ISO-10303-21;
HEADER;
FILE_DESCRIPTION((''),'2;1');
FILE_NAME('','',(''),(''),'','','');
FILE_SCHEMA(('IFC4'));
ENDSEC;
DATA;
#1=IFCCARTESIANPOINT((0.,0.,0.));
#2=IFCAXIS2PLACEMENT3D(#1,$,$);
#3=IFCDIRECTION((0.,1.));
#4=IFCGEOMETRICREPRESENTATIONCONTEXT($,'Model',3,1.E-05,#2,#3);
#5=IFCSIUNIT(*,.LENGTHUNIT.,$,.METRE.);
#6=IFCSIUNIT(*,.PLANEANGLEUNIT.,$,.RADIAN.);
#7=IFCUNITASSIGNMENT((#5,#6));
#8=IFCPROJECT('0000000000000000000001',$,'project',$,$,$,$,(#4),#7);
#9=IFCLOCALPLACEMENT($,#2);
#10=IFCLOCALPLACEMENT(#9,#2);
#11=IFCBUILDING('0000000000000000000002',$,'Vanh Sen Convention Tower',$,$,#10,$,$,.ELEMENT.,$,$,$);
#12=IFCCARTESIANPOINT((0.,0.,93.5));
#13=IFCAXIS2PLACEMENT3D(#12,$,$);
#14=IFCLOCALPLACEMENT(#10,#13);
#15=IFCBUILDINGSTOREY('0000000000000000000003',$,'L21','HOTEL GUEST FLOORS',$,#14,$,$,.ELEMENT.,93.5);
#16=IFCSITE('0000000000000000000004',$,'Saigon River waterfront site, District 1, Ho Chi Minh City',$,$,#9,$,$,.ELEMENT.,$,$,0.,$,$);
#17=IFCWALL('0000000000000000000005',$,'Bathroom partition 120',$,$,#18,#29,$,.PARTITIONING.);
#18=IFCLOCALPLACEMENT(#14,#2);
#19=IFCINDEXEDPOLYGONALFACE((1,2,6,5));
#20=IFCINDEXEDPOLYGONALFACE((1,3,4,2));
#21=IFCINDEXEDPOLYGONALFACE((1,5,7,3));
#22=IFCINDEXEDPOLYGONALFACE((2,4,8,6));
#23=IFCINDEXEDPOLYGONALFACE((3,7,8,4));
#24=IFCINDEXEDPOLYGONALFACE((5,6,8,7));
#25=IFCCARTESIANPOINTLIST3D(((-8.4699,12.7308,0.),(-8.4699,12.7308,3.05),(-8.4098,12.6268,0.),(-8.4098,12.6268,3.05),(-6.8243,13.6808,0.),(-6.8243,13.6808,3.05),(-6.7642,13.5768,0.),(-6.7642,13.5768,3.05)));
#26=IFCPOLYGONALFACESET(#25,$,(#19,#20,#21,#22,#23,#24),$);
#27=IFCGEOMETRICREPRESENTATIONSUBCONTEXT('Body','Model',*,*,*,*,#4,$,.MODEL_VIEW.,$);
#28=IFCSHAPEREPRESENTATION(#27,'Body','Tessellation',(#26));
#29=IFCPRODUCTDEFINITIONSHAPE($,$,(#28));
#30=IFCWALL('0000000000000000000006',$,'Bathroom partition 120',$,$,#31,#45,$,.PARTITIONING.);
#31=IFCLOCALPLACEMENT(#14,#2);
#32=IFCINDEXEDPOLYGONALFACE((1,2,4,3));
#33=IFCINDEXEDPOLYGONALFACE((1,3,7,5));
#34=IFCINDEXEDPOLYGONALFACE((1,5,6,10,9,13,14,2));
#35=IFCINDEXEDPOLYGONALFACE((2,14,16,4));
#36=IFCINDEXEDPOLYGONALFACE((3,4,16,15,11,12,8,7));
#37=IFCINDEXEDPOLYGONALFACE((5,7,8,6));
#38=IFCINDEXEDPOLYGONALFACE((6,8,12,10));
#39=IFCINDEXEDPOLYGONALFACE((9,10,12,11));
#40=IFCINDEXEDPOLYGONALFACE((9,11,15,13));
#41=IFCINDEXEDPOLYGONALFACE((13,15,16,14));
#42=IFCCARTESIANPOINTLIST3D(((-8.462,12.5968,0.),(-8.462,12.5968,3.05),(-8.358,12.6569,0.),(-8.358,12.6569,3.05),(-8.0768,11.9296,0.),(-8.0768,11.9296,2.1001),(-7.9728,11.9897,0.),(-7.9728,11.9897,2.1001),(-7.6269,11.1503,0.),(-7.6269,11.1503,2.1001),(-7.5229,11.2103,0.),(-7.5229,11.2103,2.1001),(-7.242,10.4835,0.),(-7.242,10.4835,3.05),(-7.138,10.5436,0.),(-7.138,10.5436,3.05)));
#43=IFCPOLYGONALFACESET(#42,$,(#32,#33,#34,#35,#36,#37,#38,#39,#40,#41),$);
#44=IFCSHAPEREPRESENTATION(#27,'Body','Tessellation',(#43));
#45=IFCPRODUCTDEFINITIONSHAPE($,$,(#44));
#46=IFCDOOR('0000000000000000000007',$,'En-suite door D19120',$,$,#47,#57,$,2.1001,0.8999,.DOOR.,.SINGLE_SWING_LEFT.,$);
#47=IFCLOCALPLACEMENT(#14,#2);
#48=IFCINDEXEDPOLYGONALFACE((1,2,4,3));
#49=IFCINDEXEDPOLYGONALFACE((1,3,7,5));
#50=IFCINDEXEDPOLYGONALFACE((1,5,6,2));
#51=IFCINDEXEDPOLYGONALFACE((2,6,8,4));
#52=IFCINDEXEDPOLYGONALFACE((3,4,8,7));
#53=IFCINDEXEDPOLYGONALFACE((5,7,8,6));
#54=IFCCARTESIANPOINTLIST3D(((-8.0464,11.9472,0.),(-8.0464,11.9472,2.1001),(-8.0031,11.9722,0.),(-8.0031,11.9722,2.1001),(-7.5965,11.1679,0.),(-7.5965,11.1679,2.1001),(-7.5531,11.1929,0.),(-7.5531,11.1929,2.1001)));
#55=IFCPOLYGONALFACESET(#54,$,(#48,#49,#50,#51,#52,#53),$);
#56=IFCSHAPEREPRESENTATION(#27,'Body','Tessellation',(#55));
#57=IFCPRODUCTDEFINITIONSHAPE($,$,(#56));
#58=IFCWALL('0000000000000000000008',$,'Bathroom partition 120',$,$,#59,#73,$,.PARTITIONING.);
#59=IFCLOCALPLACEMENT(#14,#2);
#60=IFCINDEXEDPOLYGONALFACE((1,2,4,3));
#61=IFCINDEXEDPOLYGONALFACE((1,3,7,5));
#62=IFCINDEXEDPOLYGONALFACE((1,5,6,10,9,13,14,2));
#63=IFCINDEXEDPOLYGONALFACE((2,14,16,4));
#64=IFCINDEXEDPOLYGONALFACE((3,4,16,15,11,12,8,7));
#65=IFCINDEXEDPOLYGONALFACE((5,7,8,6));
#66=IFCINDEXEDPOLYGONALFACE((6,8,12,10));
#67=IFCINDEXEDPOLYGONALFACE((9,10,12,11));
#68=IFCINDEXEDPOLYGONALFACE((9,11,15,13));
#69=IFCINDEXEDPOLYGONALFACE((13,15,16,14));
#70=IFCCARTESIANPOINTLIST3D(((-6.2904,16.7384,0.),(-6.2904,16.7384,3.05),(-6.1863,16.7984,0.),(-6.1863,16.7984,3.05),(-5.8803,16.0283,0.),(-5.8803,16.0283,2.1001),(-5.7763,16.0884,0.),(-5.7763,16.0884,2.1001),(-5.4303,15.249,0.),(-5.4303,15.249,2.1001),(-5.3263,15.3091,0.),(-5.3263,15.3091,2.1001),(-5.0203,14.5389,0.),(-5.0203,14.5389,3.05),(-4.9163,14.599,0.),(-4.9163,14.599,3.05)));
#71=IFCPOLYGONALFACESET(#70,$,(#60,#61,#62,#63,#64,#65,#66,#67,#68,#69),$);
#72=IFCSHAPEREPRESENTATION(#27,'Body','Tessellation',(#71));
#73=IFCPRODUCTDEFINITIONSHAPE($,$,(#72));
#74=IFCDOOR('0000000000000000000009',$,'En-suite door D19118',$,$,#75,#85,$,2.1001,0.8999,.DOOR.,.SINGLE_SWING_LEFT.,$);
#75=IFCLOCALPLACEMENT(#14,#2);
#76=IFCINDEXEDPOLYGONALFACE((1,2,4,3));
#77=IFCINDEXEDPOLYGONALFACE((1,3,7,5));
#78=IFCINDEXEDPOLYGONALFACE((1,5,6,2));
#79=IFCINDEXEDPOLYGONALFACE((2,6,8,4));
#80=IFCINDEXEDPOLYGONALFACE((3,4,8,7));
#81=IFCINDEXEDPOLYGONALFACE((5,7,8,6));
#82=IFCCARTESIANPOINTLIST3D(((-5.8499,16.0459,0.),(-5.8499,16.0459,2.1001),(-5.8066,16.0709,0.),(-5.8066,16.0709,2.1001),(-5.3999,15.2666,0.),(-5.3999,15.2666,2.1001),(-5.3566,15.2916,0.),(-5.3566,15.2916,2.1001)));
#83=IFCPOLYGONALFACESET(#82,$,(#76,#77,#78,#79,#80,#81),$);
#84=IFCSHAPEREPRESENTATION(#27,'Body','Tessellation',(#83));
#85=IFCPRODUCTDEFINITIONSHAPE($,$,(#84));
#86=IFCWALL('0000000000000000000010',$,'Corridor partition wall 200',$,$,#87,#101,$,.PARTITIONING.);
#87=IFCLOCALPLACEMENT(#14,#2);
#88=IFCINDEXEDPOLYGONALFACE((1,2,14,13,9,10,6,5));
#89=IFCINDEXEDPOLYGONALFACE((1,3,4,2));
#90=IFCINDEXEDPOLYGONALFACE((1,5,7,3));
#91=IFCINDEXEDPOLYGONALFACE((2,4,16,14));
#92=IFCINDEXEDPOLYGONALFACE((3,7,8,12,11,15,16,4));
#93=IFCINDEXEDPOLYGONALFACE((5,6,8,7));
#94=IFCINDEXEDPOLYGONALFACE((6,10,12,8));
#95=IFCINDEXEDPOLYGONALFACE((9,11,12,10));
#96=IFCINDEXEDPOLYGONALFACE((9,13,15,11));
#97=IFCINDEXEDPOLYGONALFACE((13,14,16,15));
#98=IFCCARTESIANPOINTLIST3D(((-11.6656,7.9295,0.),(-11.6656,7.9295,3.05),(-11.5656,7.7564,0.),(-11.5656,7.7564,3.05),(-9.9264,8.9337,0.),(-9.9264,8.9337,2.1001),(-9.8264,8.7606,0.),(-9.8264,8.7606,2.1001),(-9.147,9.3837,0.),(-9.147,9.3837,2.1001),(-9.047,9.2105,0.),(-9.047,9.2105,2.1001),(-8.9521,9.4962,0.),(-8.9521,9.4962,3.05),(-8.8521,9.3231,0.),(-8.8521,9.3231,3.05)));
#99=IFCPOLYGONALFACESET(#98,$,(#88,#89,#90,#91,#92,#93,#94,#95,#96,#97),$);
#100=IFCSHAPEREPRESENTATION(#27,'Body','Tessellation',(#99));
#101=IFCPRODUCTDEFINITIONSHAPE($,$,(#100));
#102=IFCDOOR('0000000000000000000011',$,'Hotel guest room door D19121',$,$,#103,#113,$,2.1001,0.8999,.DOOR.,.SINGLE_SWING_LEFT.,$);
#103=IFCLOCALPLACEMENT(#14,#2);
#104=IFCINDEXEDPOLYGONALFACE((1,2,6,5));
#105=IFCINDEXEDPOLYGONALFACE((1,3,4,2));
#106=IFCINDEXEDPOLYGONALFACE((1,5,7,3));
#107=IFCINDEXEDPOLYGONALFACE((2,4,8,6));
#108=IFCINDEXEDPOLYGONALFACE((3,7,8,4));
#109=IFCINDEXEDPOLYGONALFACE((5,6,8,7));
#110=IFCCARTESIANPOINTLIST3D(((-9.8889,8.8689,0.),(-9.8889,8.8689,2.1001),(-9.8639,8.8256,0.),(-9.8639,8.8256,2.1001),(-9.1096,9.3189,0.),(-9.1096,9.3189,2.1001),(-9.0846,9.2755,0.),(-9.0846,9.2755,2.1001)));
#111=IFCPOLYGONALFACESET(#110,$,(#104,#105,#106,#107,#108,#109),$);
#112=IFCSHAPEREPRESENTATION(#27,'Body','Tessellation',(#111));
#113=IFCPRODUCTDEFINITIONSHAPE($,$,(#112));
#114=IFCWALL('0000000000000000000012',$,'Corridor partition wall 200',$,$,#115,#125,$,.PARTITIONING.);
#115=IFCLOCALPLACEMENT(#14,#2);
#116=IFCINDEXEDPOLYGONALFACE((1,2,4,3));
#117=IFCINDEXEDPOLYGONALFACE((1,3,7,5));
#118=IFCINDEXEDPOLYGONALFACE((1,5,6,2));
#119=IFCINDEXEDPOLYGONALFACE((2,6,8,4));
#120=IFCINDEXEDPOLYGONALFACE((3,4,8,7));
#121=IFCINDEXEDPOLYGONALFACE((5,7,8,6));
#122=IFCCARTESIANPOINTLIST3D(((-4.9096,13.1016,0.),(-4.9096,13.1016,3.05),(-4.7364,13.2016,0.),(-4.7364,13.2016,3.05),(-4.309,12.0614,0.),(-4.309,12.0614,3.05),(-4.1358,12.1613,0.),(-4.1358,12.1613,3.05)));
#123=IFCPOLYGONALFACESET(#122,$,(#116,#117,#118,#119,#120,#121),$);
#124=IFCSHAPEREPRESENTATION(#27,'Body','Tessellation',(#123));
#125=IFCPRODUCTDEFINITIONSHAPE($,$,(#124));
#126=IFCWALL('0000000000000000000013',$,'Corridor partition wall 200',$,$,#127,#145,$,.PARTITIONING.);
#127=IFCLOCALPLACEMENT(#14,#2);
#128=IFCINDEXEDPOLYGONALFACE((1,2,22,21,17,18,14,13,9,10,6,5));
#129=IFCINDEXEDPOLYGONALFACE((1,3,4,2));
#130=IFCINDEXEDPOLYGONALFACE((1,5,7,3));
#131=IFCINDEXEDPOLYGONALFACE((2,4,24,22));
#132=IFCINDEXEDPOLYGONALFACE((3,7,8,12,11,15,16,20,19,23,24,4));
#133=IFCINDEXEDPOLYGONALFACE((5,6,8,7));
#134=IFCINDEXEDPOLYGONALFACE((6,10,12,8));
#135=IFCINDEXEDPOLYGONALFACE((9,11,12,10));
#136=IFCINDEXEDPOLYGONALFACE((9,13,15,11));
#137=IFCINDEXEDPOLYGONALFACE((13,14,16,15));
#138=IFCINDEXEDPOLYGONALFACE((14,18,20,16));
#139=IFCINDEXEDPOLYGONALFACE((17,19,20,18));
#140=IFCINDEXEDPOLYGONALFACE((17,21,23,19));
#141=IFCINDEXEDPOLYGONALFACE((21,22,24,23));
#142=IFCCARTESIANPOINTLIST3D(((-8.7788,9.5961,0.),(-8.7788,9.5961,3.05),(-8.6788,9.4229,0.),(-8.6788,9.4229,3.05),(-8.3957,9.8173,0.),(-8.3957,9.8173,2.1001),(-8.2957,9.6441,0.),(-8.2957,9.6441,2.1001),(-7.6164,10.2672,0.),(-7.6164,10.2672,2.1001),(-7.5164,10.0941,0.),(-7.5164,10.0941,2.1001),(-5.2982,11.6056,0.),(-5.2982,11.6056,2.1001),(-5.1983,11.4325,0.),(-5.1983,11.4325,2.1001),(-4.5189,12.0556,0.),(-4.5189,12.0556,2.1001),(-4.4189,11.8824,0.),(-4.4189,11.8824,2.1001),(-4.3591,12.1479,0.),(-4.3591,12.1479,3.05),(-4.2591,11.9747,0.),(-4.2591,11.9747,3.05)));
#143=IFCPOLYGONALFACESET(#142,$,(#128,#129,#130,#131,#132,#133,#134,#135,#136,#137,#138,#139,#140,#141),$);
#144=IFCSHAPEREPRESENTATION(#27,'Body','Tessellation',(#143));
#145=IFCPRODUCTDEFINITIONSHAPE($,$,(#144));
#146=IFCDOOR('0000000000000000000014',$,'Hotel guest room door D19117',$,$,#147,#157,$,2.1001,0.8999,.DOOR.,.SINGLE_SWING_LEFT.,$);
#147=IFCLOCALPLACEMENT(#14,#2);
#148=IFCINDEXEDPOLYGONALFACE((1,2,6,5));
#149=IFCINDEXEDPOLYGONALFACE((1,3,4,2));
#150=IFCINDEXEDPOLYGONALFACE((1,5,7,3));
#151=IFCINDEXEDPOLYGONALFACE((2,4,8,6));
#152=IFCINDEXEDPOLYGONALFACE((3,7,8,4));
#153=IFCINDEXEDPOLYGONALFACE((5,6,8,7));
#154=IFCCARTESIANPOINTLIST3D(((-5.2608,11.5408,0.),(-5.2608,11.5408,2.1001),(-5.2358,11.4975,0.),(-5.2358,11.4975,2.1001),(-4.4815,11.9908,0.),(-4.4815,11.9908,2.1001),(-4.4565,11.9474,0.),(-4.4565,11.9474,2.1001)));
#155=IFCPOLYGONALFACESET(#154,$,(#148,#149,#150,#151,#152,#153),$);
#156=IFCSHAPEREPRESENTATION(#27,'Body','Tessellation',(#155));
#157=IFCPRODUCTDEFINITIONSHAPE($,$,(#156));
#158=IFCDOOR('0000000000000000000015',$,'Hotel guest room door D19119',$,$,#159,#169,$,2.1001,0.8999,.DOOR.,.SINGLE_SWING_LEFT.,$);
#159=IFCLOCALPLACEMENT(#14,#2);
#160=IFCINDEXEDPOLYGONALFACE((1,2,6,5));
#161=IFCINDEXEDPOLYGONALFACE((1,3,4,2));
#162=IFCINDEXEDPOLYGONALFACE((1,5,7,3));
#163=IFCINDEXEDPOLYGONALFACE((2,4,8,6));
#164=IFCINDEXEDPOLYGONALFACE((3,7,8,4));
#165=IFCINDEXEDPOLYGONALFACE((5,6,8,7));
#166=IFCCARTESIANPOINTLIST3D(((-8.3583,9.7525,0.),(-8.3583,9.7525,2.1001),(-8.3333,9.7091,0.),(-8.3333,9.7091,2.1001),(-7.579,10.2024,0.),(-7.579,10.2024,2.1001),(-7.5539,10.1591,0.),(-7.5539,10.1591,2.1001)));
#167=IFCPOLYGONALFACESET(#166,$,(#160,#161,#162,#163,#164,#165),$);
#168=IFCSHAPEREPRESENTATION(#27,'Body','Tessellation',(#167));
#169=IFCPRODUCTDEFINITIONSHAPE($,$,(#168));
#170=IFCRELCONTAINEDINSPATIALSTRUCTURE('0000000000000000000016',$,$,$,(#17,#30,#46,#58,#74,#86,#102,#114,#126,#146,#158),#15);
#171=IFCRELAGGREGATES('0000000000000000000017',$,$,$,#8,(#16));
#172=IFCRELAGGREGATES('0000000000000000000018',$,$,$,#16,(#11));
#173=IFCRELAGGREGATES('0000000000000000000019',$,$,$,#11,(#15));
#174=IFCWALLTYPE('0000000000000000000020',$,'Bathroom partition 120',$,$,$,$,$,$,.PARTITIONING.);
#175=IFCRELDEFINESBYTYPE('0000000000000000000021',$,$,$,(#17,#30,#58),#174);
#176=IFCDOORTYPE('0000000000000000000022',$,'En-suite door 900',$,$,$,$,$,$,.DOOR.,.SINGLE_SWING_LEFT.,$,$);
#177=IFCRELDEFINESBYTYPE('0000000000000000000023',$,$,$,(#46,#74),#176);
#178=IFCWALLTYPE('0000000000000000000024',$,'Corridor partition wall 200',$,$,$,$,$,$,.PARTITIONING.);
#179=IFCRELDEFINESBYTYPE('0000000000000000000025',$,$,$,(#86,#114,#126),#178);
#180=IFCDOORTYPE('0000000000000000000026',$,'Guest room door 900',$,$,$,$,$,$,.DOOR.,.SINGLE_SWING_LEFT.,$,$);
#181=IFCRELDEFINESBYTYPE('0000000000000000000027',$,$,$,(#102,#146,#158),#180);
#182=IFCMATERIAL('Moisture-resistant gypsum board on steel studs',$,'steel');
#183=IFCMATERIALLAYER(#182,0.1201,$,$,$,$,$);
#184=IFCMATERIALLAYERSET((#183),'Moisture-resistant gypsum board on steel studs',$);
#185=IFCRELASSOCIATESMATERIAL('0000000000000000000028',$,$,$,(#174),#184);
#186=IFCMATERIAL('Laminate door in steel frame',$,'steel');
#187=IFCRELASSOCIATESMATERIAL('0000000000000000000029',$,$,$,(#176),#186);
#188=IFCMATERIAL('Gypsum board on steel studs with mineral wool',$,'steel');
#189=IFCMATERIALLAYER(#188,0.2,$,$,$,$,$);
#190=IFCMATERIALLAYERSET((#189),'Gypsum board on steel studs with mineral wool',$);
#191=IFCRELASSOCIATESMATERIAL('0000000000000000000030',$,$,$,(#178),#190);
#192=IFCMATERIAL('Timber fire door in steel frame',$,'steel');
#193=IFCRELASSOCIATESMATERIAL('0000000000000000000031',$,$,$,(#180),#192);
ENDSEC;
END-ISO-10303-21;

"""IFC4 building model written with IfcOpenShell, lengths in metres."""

from ifc_helpers import new_model, si_unit, direction, frame, frame_2d, origin, place, context, subcontext, project, spatial, rectangle, extrude, material, layer, layer_set, type_object, element, fill, save


model = new_model("IFC4")

# Units and contexts
model_context = context("Model", 3, precision=1e-05, world=origin(), true_north=direction((0.0, 1.0)))
body_context = subcontext(model_context, "Body", "Model", "MODEL_VIEW")
ifc_project = project(units=[si_unit("LENGTHUNIT", "METRE"), si_unit("PLANEANGLEUNIT", "RADIAN")], contexts=[model_context])

# Site, building, storey
site_placement = place(None, origin())
site = spatial("IfcSite", under=ifc_project, at=site_placement, Name="Saigon River waterfront site, District 1, Ho Chi Minh City", CompositionType="ELEMENT", RefElevation=0.0)
building_placement = place(site_placement, origin())
building = spatial("IfcBuilding", under=site, at=building_placement, Name="Vanh Sen Convention Tower", CompositionType="ELEMENT")
storey_placement = place(building_placement, frame((0.0, 0.0, 93.5)))
storey = spatial("IfcBuildingStorey", under=building, at=storey_placement, Name="L21", Description="HOTEL GUEST FLOORS", CompositionType="ELEMENT", Elevation=93.5)

# Wall
ifc_material_1 = material(Name="Moisture-resistant gypsum board on steel studs", Category="steel")
ifc_layer_1 = layer(ifc_material_1, 0.1201)
ifc_layer_set_1 = layer_set([ifc_layer_1], Name="Moisture-resistant gypsum board on steel studs")
wall_type_1 = type_object("IfcWallType", Name="Bathroom partition 120", PredefinedType="PARTITIONING", material=ifc_layer_set_1)
wall_1_placement = place(storey_placement, frame((-8.4399, 12.6787, 0.0), z_axis=(0.0, 0.0, 1.0), x_axis=(0.866044, 0.499967, 0.0)))
element("IfcWall", 1, at=wall_1_placement, inside=storey, type_object=wall_type_1, Name="Bathroom partition 120", PredefinedType="PARTITIONING", context=body_context, shape_type="SweptSolid", body=[
    extrude(rectangle(XDim=1.9001, YDim=0.1201, at=frame_2d((0.9502, 0.0))), origin(), (0.0, 0.0, 1.0), 3.05),
])

# Walls, openings, doors
wall_2_placement = place(storey_placement, frame((-7.1899, 10.5134, 0.0), z_axis=(0.0, 0.0, 1.0), x_axis=(-0.499959, 0.866049, 0.0)))
wall_2 = element("IfcWall", 2, at=wall_2_placement, inside=storey, type_object=wall_type_1, Name="Bathroom partition 120", PredefinedType="PARTITIONING", context=body_context, shape_type="SweptSolid", body=[
    extrude(rectangle(XDim=2.4402, YDim=0.1201, at=frame_2d((1.2202, 0.0))), origin(), (0.0, 0.0, 1.0), 3.05),
])
opening_1_placement = place(wall_2_placement, frame((0.77, 0.0, 0.0)))
opening_1 = element("IfcOpeningElement", 3, at=opening_1_placement, cuts=wall_2, PredefinedType="OPENING", context=body_context, shape_type="SweptSolid", body=[
    extrude(rectangle(XDim=0.8999, YDim=2.1001, at=frame_2d((0.45, 1.05))), frame((0.0, 0.0701, 0.0), z_axis=(0.0, -1.0, 0.0), x_axis=(1.0, 0.0, 0.0)), (0.0, 0.0, 1.0), 0.1401),
])
ifc_material_2 = material(Name="Laminate door in steel frame", Category="steel")
door_type_1 = type_object("IfcDoorType", Name="En-suite door 900", OperationType="SINGLE_SWING_LEFT", PredefinedType="DOOR", material=ifc_material_2)
door_1_placement = place(opening_1_placement, origin())
door_1 = element("IfcDoor", 4, at=door_1_placement, inside=storey, type_object=door_type_1, Name="En-suite door D19120", OperationType="SINGLE_SWING_LEFT", OverallHeight=2.1001, OverallWidth=0.8999, PredefinedType="DOOR", context=body_context, shape_type="SweptSolid", body=[
    extrude(rectangle(XDim=0.8999, YDim=2.1001, at=frame_2d((0.45, 1.05))), frame((0.0, 0.0249, 0.0), z_axis=(0.0, -1.0, 0.0), x_axis=(1.0, 0.0, 0.0)), (0.0, 0.0, 1.0), 0.05),
])
fill(opening_1, door_1)
wall_3_placement = place(storey_placement, frame((-4.9683, 14.5688, 0.0), z_axis=(0.0, 0.0, 1.0), x_axis=(-0.500047, 0.865998, 0.0)))
wall_3 = element("IfcWall", 5, at=wall_3_placement, inside=storey, type_object=wall_type_1, Name="Bathroom partition 120", PredefinedType="PARTITIONING", context=body_context, shape_type="SweptSolid", body=[
    extrude(rectangle(XDim=2.5398, YDim=0.1201, at=frame_2d((1.27, 0.0))), origin(), (0.0, 0.0, 1.0), 3.05),
])
opening_2_placement = place(wall_3_placement, frame((0.8201, 0.0, 0.0)))
opening_2 = element("IfcOpeningElement", 6, at=opening_2_placement, cuts=wall_3, PredefinedType="OPENING", context=body_context, shape_type="SweptSolid", body=[
    extrude(rectangle(XDim=0.8999, YDim=2.1001, at=frame_2d((0.45, 1.05))), frame((0.0, 0.0701, 0.0), z_axis=(0.0, -1.0, 0.0), x_axis=(1.0, 0.0, 0.0)), (0.0, 0.0, 1.0), 0.1401),
])
door_2_placement = place(opening_2_placement, origin())
door_2 = element("IfcDoor", 7, at=door_2_placement, inside=storey, type_object=door_type_1, Name="En-suite door D19118", OperationType="SINGLE_SWING_LEFT", OverallHeight=2.1001, OverallWidth=0.8999, PredefinedType="DOOR", context=body_context, shape_type="SweptSolid", body=[
    extrude(rectangle(XDim=0.8999, YDim=2.1001, at=frame_2d((0.45, 1.05))), frame((0.0, 0.0249, 0.0), z_axis=(0.0, -1.0, 0.0), x_axis=(1.0, 0.0, 0.0)), (0.0, 0.0, 1.0), 0.05),
])
fill(opening_2, door_2)
ifc_material_3 = material(Name="Gypsum board on steel studs with mineral wool", Category="steel")
ifc_layer_2 = layer(ifc_material_3, 0.2)
ifc_layer_set_2 = layer_set([ifc_layer_2], Name="Gypsum board on steel studs with mineral wool")
wall_type_2 = type_object("IfcWallType", Name="Corridor partition wall 200", PredefinedType="PARTITIONING", material=ifc_layer_set_2)
wall_4_placement = place(storey_placement, frame((-8.9021, 9.4097, 0.0), z_axis=(0.0, 0.0, 1.0), x_axis=(-0.866014, -0.500019, 0.0)))
wall_4 = element("IfcWall", 8, at=wall_4_placement, inside=storey, type_object=wall_type_2, Name="Corridor partition wall 200", PredefinedType="PARTITIONING", context=body_context, shape_type="SweptSolid", body=[
    extrude(rectangle(XDim=3.1333, YDim=0.2, at=frame_2d((1.5667, 0.0))), origin(), (0.0, 0.0, 1.0), 3.05),
])
opening_3_placement = place(wall_4_placement, frame((0.2251, 0.0, 0.0)))
opening_3 = element("IfcOpeningElement", 9, at=opening_3_placement, cuts=wall_4, PredefinedType="OPENING", context=body_context, shape_type="SweptSolid", body=[
    extrude(rectangle(XDim=0.8999, YDim=2.1001, at=frame_2d((0.45, 1.05))), frame((0.0, 0.1099, 0.0), z_axis=(0.0, -1.0, 0.0), x_axis=(1.0, 0.0, 0.0)), (0.0, 0.0, 1.0), 0.22),
])
ifc_material_4 = material(Name="Timber fire door in steel frame", Category="steel")
door_type_2 = type_object("IfcDoorType", Name="Guest room door 900", OperationType="SINGLE_SWING_LEFT", PredefinedType="DOOR", material=ifc_material_4)
door_3_placement = place(opening_3_placement, origin())
door_3 = element("IfcDoor", 10, at=door_3_placement, inside=storey, type_object=door_type_2, Name="Hotel guest room door D19121", OperationType="SINGLE_SWING_LEFT", OverallHeight=2.1001, OverallWidth=0.8999, PredefinedType="DOOR", context=body_context, shape_type="SweptSolid", body=[
    extrude(rectangle(XDim=0.8999, YDim=2.1001, at=frame_2d((0.45, 1.05))), frame((0.0, 0.0249, 0.0), z_axis=(0.0, -1.0, 0.0), x_axis=(1.0, 0.0, 0.0)), (0.0, 0.0, 1.0), 0.05),
])
fill(opening_3, door_3)

# Wall
wall_5_placement = place(storey_placement, frame((-4.823, 13.1516, 0.0), z_axis=(0.0, 0.0, 1.0), x_axis=(0.499986, -0.866033, 0.0)))
element("IfcWall", 11, at=wall_5_placement, inside=storey, type_object=wall_type_2, Name="Corridor partition wall 200", PredefinedType="PARTITIONING", context=body_context, shape_type="SweptSolid", body=[
    extrude(rectangle(XDim=1.2012, YDim=0.2, at=frame_2d((0.6006, 0.0))), origin(), (0.0, 0.0, 1.0), 3.05),
])

# Wall, openings, doors
wall_6_placement = place(storey_placement, frame((-4.3091, 12.0613, 0.0), z_axis=(0.0, 0.0, 1.0), x_axis=(-0.866021, -0.500008, 0.0)))
wall_6 = element("IfcWall", 12, at=wall_6_placement, inside=storey, type_object=wall_type_2, Name="Corridor partition wall 200", PredefinedType="PARTITIONING", context=body_context, shape_type="SweptSolid", body=[
    extrude(rectangle(XDim=5.1035, YDim=0.2, at=frame_2d((2.5518, 0.0))), origin(), (0.0, 0.0, 1.0), 3.05),
])
opening_4_placement = place(wall_6_placement, frame((0.1846, 0.0, 0.0)))
opening_4 = element("IfcOpeningElement", 13, at=opening_4_placement, cuts=wall_6, PredefinedType="OPENING", context=body_context, shape_type="SweptSolid", body=[
    extrude(rectangle(XDim=0.8999, YDim=2.1001, at=frame_2d((0.45, 1.05))), frame((0.0, 0.1099, 0.0), z_axis=(0.0, -1.0, 0.0), x_axis=(1.0, 0.0, 0.0)), (0.0, 0.0, 1.0), 0.22),
])
opening_5_placement = place(wall_6_placement, frame((3.7612, 0.0, 0.0)))
opening_5 = element("IfcOpeningElement", 14, at=opening_5_placement, cuts=wall_6, PredefinedType="OPENING", context=body_context, shape_type="SweptSolid", body=[
    extrude(rectangle(XDim=0.8999, YDim=2.1001, at=frame_2d((0.45, 1.05))), frame((0.0, 0.1099, 0.0), z_axis=(0.0, -1.0, 0.0), x_axis=(1.0, 0.0, 0.0)), (0.0, 0.0, 1.0), 0.22),
])
door_4_placement = place(opening_4_placement, origin())
door_4 = element("IfcDoor", 15, at=door_4_placement, inside=storey, type_object=door_type_2, Name="Hotel guest room door D19117", OperationType="SINGLE_SWING_LEFT", OverallHeight=2.1001, OverallWidth=0.8999, PredefinedType="DOOR", context=body_context, shape_type="SweptSolid", body=[
    extrude(rectangle(XDim=0.8999, YDim=2.1001, at=frame_2d((0.45, 1.05))), frame((0.0, 0.0249, 0.0), z_axis=(0.0, -1.0, 0.0), x_axis=(1.0, 0.0, 0.0)), (0.0, 0.0, 1.0), 0.05),
])
fill(opening_4, door_4)
door_5_placement = place(opening_5_placement, origin())
door_5 = element("IfcDoor", 16, at=door_5_placement, inside=storey, type_object=door_type_2, Name="Hotel guest room door D19119", OperationType="SINGLE_SWING_LEFT", OverallHeight=2.1001, OverallWidth=0.8999, PredefinedType="DOOR", context=body_context, shape_type="SweptSolid", body=[
    extrude(rectangle(XDim=0.8999, YDim=2.1001, at=frame_2d((0.45, 1.05))), frame((0.0, 0.0249, 0.0), z_axis=(0.0, -1.0, 0.0), x_axis=(1.0, 0.0, 0.0)), (0.0, 0.0, 1.0), 0.05),
])
fill(opening_5, door_5)

save(model, "model.ifc")
